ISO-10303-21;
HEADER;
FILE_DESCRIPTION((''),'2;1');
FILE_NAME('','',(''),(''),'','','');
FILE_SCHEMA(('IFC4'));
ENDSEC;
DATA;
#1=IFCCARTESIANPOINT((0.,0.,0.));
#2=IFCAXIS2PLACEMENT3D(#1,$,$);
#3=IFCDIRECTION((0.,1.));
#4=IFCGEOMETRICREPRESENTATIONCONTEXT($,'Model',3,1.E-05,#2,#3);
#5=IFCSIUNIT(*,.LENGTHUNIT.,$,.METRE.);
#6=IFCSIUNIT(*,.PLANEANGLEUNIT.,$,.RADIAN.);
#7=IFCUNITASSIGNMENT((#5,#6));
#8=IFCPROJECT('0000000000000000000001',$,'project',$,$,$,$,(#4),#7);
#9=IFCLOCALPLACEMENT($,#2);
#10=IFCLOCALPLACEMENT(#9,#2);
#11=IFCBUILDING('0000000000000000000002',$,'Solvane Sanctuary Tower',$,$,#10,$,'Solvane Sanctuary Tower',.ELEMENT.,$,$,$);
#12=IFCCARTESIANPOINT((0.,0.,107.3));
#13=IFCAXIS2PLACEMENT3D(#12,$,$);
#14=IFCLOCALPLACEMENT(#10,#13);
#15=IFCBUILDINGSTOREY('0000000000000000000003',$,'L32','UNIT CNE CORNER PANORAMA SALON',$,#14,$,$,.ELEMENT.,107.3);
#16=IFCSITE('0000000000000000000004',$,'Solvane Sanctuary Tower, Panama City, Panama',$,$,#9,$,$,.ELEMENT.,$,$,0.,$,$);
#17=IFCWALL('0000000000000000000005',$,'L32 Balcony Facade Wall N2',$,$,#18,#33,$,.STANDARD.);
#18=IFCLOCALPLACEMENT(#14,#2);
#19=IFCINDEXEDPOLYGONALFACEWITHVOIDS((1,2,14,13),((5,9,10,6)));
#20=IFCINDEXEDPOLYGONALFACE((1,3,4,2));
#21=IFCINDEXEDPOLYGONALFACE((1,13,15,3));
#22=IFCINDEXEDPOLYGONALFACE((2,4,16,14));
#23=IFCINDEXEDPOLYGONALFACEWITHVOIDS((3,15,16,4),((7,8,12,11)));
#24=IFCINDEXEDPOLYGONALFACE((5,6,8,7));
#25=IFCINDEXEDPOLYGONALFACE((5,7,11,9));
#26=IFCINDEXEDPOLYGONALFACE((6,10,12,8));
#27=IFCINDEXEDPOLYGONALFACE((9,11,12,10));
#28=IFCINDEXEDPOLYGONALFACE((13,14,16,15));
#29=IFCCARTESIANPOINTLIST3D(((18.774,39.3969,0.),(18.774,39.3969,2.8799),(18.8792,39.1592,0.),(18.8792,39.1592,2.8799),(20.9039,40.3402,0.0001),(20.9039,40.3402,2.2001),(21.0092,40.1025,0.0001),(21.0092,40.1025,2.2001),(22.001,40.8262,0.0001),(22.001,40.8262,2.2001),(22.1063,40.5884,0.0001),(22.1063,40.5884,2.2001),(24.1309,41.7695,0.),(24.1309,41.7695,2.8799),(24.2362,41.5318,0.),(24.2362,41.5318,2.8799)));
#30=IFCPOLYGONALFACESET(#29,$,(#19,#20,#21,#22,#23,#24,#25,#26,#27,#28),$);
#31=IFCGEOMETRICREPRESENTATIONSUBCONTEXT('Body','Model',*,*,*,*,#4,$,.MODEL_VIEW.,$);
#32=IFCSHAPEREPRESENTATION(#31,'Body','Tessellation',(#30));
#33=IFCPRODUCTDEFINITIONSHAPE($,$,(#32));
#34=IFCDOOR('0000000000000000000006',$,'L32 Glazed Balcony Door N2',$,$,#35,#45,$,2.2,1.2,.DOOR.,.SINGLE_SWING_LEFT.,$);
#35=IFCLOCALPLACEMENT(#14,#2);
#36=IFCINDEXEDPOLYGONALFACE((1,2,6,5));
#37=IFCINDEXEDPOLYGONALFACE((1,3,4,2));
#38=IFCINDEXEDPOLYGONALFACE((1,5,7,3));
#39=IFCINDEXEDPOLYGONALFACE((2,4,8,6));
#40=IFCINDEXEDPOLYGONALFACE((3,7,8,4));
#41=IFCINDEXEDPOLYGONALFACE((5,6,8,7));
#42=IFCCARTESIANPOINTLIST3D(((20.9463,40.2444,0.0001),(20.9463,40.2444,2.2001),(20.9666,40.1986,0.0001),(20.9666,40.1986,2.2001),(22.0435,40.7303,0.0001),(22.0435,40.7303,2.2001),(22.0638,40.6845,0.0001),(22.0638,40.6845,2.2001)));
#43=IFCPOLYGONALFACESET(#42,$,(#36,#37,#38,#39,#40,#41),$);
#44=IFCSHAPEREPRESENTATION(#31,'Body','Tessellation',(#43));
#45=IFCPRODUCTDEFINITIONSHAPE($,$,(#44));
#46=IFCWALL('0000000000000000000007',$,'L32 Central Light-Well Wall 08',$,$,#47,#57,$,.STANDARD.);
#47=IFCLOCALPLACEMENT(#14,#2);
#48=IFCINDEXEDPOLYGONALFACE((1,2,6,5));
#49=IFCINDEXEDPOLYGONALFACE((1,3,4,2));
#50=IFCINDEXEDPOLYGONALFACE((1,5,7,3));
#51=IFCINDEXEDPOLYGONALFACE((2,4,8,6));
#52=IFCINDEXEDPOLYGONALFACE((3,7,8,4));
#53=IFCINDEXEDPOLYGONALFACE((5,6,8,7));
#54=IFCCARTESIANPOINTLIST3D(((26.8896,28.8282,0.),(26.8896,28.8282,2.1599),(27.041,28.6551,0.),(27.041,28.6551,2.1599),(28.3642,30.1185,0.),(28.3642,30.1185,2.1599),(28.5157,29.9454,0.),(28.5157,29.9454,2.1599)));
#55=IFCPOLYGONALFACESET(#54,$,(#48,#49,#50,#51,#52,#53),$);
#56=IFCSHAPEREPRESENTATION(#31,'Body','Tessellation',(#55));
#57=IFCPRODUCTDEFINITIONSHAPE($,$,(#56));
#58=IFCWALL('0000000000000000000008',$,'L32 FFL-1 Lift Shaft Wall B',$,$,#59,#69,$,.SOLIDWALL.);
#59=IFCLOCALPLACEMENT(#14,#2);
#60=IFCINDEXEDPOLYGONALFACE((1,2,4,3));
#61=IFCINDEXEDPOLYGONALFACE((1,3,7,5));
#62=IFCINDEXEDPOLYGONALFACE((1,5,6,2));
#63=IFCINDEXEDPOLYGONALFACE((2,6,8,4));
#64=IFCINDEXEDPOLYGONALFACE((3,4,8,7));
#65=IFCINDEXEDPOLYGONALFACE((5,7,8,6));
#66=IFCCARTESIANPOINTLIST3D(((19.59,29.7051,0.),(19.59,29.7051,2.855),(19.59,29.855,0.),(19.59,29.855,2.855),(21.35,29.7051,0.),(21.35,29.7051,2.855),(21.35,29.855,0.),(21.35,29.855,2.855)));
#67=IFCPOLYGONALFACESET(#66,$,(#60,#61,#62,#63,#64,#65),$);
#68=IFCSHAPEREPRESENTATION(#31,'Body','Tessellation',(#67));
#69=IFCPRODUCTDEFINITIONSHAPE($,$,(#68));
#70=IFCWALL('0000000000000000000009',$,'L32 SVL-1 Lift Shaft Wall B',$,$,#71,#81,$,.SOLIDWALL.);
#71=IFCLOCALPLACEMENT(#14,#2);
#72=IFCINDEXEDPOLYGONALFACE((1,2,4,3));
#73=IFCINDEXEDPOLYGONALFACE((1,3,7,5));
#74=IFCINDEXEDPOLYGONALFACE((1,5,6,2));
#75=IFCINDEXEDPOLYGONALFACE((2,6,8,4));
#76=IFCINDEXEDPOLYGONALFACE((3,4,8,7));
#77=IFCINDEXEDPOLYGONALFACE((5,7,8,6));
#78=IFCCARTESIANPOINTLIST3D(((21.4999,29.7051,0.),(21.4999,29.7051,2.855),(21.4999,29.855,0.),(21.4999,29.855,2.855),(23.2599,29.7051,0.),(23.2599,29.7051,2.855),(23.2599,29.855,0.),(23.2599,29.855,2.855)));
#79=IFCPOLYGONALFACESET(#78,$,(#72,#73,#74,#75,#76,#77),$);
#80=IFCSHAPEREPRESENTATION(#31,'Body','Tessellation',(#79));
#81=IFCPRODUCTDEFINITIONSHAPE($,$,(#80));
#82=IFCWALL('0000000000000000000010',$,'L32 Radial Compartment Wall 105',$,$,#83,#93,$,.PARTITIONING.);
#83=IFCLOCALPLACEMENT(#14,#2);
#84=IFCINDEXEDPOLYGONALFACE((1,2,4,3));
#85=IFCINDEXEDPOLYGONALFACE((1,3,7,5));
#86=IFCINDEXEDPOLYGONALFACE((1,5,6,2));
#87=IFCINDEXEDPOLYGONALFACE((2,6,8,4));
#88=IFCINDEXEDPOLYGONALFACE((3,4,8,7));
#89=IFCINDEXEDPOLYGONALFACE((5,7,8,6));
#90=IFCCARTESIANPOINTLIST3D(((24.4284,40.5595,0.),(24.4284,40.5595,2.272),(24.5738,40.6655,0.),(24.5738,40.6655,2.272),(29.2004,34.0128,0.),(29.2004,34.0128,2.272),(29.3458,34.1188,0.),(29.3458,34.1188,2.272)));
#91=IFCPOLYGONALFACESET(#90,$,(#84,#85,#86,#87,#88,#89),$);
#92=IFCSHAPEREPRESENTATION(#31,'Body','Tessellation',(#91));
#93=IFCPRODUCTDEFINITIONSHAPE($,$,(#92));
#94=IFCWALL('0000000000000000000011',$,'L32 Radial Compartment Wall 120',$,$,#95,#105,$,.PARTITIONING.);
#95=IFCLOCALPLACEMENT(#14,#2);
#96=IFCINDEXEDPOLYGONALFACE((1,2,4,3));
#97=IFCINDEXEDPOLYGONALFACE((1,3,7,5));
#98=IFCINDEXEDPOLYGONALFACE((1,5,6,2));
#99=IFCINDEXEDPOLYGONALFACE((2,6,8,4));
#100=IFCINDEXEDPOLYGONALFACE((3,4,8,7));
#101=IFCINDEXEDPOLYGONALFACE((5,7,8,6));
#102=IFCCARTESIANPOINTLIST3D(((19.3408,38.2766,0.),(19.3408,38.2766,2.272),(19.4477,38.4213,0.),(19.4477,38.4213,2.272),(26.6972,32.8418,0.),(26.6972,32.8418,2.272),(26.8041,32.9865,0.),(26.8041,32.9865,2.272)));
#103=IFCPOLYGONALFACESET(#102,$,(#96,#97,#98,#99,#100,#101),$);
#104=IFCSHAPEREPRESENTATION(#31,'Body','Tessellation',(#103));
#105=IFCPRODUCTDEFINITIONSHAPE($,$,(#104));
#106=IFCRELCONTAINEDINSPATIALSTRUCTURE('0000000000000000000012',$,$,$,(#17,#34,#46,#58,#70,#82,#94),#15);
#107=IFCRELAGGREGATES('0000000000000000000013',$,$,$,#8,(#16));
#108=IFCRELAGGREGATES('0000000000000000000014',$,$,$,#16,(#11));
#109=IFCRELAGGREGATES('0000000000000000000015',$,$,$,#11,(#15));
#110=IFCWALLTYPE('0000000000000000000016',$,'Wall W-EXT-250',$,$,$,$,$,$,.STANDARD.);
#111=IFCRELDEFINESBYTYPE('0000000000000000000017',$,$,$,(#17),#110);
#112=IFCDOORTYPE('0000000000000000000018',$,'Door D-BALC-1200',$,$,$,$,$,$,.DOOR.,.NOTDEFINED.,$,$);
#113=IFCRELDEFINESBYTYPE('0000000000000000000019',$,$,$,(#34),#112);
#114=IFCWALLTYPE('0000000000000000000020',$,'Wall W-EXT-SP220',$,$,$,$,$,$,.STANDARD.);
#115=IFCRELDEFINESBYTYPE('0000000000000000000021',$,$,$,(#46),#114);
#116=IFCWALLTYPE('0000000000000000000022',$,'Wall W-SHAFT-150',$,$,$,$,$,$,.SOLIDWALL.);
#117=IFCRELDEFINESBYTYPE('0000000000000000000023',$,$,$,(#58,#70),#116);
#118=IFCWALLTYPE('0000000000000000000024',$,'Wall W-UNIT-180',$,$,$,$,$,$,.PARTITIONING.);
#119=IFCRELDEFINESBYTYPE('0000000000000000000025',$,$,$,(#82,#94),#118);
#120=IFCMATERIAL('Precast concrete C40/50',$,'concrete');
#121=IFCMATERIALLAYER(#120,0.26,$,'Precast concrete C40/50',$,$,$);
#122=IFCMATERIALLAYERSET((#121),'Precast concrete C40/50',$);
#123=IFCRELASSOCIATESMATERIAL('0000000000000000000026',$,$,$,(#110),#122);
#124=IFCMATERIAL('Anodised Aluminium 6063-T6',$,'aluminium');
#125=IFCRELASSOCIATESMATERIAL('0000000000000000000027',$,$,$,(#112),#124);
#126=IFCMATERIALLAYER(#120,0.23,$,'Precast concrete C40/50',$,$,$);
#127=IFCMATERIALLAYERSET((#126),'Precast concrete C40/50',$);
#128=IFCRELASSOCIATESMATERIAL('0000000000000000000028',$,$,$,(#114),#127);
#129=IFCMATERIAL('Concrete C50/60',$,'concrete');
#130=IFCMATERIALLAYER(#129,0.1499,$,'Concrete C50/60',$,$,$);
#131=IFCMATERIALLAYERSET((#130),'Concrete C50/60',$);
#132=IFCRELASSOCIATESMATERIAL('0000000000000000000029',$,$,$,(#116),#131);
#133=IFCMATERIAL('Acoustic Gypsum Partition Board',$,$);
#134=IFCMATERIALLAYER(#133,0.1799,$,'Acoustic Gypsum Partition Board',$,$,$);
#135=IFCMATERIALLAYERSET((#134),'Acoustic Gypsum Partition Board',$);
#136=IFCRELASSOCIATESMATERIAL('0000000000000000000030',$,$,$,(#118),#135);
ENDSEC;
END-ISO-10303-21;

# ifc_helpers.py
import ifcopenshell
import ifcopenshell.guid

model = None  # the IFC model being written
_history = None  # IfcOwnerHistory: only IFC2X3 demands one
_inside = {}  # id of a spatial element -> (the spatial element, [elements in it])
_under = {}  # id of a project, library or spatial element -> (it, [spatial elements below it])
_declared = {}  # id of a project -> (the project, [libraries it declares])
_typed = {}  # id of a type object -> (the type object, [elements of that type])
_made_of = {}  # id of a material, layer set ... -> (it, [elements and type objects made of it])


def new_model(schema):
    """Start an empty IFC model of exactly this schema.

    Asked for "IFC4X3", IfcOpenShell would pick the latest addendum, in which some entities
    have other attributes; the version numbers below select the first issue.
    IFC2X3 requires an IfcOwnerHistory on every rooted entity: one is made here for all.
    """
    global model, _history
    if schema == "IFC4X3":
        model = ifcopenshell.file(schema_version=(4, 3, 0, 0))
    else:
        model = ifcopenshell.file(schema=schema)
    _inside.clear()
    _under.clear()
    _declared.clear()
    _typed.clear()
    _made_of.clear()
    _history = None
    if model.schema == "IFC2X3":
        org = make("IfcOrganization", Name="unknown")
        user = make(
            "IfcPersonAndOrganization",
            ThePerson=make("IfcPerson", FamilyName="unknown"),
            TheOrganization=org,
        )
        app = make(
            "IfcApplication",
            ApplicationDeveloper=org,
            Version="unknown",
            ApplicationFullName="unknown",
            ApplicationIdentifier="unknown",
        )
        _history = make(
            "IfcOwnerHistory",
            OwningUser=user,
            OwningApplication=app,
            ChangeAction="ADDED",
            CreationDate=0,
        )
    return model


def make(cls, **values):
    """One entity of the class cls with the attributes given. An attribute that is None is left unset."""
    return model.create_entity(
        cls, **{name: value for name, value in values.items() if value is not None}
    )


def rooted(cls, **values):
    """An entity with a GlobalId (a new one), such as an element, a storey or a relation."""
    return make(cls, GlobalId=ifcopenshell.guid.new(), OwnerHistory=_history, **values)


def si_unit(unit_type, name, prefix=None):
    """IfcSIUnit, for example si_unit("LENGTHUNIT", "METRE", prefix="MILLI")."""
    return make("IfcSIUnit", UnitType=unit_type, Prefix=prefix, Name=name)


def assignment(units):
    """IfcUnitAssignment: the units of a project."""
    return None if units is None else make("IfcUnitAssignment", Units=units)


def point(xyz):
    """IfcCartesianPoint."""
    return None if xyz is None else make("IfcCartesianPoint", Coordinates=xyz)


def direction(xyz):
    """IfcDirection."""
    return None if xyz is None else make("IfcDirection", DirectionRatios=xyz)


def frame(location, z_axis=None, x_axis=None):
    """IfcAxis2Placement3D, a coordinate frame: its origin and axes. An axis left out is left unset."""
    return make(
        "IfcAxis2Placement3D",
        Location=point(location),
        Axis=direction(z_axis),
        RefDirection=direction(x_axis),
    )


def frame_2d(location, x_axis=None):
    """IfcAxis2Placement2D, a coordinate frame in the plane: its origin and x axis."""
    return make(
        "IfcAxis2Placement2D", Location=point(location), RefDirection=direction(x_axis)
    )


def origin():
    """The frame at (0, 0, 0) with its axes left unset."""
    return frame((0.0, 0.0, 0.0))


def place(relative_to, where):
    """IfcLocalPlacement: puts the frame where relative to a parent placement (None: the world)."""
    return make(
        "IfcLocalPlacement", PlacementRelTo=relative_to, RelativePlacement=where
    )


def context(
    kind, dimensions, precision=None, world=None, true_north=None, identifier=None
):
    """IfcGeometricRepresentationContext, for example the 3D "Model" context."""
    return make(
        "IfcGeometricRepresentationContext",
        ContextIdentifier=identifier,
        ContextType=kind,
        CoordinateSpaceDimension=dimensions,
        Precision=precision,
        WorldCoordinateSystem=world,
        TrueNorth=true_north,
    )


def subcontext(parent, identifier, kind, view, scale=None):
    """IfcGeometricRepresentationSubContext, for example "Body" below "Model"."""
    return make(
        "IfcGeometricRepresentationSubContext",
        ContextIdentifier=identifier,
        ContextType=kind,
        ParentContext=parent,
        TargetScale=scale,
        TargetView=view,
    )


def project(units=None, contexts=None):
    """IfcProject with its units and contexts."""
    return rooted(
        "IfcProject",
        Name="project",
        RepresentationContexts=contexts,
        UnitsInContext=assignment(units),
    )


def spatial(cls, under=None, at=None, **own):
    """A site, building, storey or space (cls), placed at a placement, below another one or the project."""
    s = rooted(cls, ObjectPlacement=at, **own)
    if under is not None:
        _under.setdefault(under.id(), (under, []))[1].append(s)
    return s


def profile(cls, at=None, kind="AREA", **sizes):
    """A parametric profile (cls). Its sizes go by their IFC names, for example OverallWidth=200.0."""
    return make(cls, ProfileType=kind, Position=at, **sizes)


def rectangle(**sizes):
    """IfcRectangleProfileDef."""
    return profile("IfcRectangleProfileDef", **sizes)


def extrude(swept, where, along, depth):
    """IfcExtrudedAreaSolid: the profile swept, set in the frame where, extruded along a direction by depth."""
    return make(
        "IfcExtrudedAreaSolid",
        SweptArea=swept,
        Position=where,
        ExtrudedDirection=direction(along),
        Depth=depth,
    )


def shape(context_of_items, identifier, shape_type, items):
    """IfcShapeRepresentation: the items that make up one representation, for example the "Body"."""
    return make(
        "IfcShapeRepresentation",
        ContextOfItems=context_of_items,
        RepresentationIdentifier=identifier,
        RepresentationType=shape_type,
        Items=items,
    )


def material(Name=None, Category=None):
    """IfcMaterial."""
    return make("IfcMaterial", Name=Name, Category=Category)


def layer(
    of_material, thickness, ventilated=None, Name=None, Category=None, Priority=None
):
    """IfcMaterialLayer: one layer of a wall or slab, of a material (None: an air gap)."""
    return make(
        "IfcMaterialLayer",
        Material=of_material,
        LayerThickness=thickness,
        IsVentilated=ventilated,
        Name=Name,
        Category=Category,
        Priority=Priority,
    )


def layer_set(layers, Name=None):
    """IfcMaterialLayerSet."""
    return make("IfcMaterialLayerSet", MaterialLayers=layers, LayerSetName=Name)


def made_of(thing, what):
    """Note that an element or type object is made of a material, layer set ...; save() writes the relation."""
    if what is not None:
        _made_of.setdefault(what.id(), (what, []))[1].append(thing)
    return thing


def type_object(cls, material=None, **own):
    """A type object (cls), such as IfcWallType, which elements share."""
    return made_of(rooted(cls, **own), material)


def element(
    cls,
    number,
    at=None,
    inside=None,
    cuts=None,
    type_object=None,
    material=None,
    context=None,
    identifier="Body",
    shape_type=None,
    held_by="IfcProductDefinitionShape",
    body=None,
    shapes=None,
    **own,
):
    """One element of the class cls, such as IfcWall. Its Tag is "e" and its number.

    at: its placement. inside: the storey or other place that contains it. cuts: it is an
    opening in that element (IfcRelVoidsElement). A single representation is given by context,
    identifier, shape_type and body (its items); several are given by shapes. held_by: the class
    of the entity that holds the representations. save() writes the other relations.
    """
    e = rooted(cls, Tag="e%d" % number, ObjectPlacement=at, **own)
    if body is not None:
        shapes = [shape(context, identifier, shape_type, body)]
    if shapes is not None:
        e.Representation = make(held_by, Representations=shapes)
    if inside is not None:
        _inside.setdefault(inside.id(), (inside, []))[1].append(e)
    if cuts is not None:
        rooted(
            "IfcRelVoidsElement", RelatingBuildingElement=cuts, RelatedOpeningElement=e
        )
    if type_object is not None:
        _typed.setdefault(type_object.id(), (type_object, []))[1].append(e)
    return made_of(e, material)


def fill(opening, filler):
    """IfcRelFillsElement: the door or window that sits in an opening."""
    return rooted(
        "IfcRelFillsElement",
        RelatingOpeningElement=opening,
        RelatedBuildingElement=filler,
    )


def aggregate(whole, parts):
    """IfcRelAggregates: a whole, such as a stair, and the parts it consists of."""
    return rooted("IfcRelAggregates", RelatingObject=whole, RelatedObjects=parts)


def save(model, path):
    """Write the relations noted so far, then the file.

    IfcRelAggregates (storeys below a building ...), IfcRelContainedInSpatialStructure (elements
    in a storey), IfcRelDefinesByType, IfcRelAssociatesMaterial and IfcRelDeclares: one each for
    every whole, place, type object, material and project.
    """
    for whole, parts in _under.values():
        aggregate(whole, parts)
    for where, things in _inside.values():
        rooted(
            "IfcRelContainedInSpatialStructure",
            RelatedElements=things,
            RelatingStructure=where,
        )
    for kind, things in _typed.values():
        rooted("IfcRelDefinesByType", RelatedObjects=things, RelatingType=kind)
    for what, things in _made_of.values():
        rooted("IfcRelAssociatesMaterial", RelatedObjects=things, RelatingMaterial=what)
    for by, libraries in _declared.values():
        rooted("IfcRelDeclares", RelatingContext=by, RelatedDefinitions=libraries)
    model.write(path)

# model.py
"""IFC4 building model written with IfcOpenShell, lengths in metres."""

from ifc_helpers import new_model, si_unit, direction, frame, frame_2d, origin, place, context, subcontext, project, spatial, rectangle, extrude, material, layer, layer_set, type_object, element, fill, save


model = new_model("IFC4")

# Units and contexts
model_context = context("Model", 3, precision=1e-05, world=origin(), true_north=direction((0.0, 1.0)))
body_context = subcontext(model_context, "Body", "Model", "MODEL_VIEW")
ifc_project = project(units=[si_unit("LENGTHUNIT", "METRE"), si_unit("PLANEANGLEUNIT", "RADIAN")], contexts=[model_context])

# Site, building, storey
site_placement = place(None, origin())
site = spatial("IfcSite", under=ifc_project, at=site_placement, Name="Solvane Sanctuary Tower, Panama City, Panama", CompositionType="ELEMENT", RefElevation=0.0)
building_placement = place(site_placement, origin())
building = spatial("IfcBuilding", under=site, at=building_placement, Name="Solvane Sanctuary Tower", LongName="Solvane Sanctuary Tower", CompositionType="ELEMENT")
storey_placement = place(building_placement, frame((0.0, 0.0, 107.3)))
storey = spatial("IfcBuildingStorey", under=building, at=storey_placement, Name="L32", Description="UNIT CNE CORNER PANORAMA SALON", CompositionType="ELEMENT", Elevation=107.3)

# Shared definitions
ifc_material_1 = material(Name="Acoustic Gypsum Partition Board")

# Wall, opening, door
ifc_material_2 = material(Name="Precast concrete C40/50", Category="concrete")
ifc_layer_1 = layer(ifc_material_2, 0.26, Name="Precast concrete C40/50")
ifc_layer_set_1 = layer_set([ifc_layer_1], Name="Precast concrete C40/50")
wall_type_1 = type_object("IfcWallType", Name="Wall W-EXT-250", PredefinedType="STANDARD", material=ifc_layer_set_1)
wall_1_placement = place(storey_placement, frame((24.1836, 41.6506, 0.0), z_axis=(0.0, 0.0, 1.0), x_axis=(-0.914337, -0.404955, 0.0)))
wall_1 = element("IfcWall", 1, at=wall_1_placement, inside=storey, type_object=wall_type_1, Name="L32 Balcony Facade Wall N2", PredefinedType="STANDARD", context=body_context, shape_type="SweptSolid", body=[
    extrude(rectangle(XDim=5.8589, YDim=0.26, at=frame_2d((2.9294, 0.0))), origin(), (0.0, 0.0, 1.0), 2.8799),
])
opening_1_placement = place(wall_1_placement, frame((2.3293, 0.0, 0.0)))
opening_1 = element("IfcOpeningElement", 2, at=opening_1_placement, cuts=wall_1, PredefinedType="OPENING", context=body_context, shape_type="SweptSolid", body=[
    extrude(rectangle(XDim=1.2, YDim=2.2, at=frame_2d((0.6001, 1.1001))), frame((0.0, 0.1399, 0.0), z_axis=(0.0, -1.0, 0.0), x_axis=(1.0, 0.0, 0.0)), (0.0, 0.0, 1.0), 0.28),
])
ifc_material_3 = material(Name="Anodised Aluminium 6063-T6", Category="aluminium")
door_type_1 = type_object("IfcDoorType", Name="Door D-BALC-1200", OperationType="NOTDEFINED", PredefinedType="DOOR", material=ifc_material_3)
door_1_placement = place(opening_1_placement, origin())
door_1 = element("IfcDoor", 3, at=door_1_placement, inside=storey, type_object=door_type_1, Name="L32 Glazed Balcony Door N2", OperationType="SINGLE_SWING_LEFT", OverallHeight=2.2, OverallWidth=1.2, PredefinedType="DOOR", context=body_context, shape_type="SweptSolid", body=[
    extrude(rectangle(XDim=1.2, YDim=2.2, at=frame_2d((0.6001, 1.1001))), frame((0.0, 0.0249, 0.0), z_axis=(0.0, -1.0, 0.0), x_axis=(1.0, 0.0, 0.0)), (0.0, 0.0, 1.0), 0.05),
])
fill(opening_1, door_1)

# Walls
ifc_layer_2 = layer(ifc_material_2, 0.23, Name="Precast concrete C40/50")
ifc_layer_set_2 = layer_set([ifc_layer_2], Name="Precast concrete C40/50")
wall_type_2 = type_object("IfcWallType", Name="Wall W-EXT-SP220", PredefinedType="STANDARD", material=ifc_layer_set_2)
wall_2_placement = place(storey_placement, frame((28.4399, 30.032, 0.0), z_axis=(0.0, 0.0, 1.0), x_axis=(-0.752577, -0.658505, 0.0)))
element("IfcWall", 4, at=wall_2_placement, inside=storey, type_object=wall_type_2, Name="L32 Central Light-Well Wall 08", PredefinedType="STANDARD", context=body_context, shape_type="SweptSolid", body=[
    extrude(rectangle(XDim=1.9595, YDim=0.23, at=frame_2d((0.9797, 0.0))), origin(), (0.0, 0.0, 1.0), 2.1599),
])
ifc_material_4 = material(Name="Concrete C50/60", Category="concrete")
ifc_layer_3 = layer(ifc_material_4, 0.1499, Name="Concrete C50/60")
ifc_layer_set_3 = layer_set([ifc_layer_3], Name="Concrete C50/60")
wall_type_3 = type_object("IfcWallType", Name="Wall W-SHAFT-150", PredefinedType="SOLIDWALL", material=ifc_layer_set_3)
for number, where, z_axis, x_axis, name in (
    (5, (19.5901, 29.78, 0.0), (0.0, 0.0, 1.0), (1.0, 0.0, 0.0), "L32 FFL-1 Lift Shaft Wall B"),
    (6, (21.5, 29.78, 0.0), (0.0, 0.0, 1.0), (1.0, 0.0, 0.0), "L32 SVL-1 Lift Shaft Wall B"),
):
    element("IfcWall", number, at=place(storey_placement, frame(where, z_axis=z_axis, x_axis=x_axis)), inside=storey, type_object=wall_type_3, Name=name, PredefinedType="SOLIDWALL", context=body_context, shape_type="SweptSolid", body=[
        extrude(rectangle(XDim=1.76, YDim=0.1499, at=frame_2d((0.8799, 0.0))), origin(), (0.0, 0.0, 1.0), 2.855),
    ])
ifc_layer_4 = layer(ifc_material_1, 0.1799, Name="Acoustic Gypsum Partition Board")
ifc_layer_set_4 = layer_set([ifc_layer_4], Name="Acoustic Gypsum Partition Board")
wall_type_4 = type_object("IfcWallType", Name="Wall W-UNIT-180", PredefinedType="PARTITIONING", material=ifc_layer_set_4)
wall_3_placement = place(storey_placement, frame((29.2732, 34.0657, 0.0), z_axis=(0.0, 0.0, 1.0), x_axis=(-0.589042, 0.808102, 0.0)))
element("IfcWall", 7, at=wall_3_placement, inside=storey, type_object=wall_type_4, Name="L32 Radial Compartment Wall 105", PredefinedType="PARTITIONING", context=body_context, shape_type="SweptSolid", body=[
    extrude(rectangle(XDim=8.1013, YDim=0.1799, at=frame_2d((4.0508, 0.0))), origin(), (0.0, 0.0, 1.0), 2.272),
])
wall_4_placement = place(storey_placement, frame((26.7507, 32.9141, 0.0), z_axis=(0.0, 0.0, 1.0), x_axis=(-0.80431, 0.59421, 0.0)))
element("IfcWall", 8, at=wall_4_placement, inside=storey, type_object=wall_type_4, Name="L32 Radial Compartment Wall 120", PredefinedType="PARTITIONING", context=body_context, shape_type="SweptSolid", body=[
    extrude(rectangle(XDim=9.1462, YDim=0.1799, at=frame_2d((4.5732, 0.0))), origin(), (0.0, 0.0, 1.0), 2.272),
])

save(model, "model.ifc")
